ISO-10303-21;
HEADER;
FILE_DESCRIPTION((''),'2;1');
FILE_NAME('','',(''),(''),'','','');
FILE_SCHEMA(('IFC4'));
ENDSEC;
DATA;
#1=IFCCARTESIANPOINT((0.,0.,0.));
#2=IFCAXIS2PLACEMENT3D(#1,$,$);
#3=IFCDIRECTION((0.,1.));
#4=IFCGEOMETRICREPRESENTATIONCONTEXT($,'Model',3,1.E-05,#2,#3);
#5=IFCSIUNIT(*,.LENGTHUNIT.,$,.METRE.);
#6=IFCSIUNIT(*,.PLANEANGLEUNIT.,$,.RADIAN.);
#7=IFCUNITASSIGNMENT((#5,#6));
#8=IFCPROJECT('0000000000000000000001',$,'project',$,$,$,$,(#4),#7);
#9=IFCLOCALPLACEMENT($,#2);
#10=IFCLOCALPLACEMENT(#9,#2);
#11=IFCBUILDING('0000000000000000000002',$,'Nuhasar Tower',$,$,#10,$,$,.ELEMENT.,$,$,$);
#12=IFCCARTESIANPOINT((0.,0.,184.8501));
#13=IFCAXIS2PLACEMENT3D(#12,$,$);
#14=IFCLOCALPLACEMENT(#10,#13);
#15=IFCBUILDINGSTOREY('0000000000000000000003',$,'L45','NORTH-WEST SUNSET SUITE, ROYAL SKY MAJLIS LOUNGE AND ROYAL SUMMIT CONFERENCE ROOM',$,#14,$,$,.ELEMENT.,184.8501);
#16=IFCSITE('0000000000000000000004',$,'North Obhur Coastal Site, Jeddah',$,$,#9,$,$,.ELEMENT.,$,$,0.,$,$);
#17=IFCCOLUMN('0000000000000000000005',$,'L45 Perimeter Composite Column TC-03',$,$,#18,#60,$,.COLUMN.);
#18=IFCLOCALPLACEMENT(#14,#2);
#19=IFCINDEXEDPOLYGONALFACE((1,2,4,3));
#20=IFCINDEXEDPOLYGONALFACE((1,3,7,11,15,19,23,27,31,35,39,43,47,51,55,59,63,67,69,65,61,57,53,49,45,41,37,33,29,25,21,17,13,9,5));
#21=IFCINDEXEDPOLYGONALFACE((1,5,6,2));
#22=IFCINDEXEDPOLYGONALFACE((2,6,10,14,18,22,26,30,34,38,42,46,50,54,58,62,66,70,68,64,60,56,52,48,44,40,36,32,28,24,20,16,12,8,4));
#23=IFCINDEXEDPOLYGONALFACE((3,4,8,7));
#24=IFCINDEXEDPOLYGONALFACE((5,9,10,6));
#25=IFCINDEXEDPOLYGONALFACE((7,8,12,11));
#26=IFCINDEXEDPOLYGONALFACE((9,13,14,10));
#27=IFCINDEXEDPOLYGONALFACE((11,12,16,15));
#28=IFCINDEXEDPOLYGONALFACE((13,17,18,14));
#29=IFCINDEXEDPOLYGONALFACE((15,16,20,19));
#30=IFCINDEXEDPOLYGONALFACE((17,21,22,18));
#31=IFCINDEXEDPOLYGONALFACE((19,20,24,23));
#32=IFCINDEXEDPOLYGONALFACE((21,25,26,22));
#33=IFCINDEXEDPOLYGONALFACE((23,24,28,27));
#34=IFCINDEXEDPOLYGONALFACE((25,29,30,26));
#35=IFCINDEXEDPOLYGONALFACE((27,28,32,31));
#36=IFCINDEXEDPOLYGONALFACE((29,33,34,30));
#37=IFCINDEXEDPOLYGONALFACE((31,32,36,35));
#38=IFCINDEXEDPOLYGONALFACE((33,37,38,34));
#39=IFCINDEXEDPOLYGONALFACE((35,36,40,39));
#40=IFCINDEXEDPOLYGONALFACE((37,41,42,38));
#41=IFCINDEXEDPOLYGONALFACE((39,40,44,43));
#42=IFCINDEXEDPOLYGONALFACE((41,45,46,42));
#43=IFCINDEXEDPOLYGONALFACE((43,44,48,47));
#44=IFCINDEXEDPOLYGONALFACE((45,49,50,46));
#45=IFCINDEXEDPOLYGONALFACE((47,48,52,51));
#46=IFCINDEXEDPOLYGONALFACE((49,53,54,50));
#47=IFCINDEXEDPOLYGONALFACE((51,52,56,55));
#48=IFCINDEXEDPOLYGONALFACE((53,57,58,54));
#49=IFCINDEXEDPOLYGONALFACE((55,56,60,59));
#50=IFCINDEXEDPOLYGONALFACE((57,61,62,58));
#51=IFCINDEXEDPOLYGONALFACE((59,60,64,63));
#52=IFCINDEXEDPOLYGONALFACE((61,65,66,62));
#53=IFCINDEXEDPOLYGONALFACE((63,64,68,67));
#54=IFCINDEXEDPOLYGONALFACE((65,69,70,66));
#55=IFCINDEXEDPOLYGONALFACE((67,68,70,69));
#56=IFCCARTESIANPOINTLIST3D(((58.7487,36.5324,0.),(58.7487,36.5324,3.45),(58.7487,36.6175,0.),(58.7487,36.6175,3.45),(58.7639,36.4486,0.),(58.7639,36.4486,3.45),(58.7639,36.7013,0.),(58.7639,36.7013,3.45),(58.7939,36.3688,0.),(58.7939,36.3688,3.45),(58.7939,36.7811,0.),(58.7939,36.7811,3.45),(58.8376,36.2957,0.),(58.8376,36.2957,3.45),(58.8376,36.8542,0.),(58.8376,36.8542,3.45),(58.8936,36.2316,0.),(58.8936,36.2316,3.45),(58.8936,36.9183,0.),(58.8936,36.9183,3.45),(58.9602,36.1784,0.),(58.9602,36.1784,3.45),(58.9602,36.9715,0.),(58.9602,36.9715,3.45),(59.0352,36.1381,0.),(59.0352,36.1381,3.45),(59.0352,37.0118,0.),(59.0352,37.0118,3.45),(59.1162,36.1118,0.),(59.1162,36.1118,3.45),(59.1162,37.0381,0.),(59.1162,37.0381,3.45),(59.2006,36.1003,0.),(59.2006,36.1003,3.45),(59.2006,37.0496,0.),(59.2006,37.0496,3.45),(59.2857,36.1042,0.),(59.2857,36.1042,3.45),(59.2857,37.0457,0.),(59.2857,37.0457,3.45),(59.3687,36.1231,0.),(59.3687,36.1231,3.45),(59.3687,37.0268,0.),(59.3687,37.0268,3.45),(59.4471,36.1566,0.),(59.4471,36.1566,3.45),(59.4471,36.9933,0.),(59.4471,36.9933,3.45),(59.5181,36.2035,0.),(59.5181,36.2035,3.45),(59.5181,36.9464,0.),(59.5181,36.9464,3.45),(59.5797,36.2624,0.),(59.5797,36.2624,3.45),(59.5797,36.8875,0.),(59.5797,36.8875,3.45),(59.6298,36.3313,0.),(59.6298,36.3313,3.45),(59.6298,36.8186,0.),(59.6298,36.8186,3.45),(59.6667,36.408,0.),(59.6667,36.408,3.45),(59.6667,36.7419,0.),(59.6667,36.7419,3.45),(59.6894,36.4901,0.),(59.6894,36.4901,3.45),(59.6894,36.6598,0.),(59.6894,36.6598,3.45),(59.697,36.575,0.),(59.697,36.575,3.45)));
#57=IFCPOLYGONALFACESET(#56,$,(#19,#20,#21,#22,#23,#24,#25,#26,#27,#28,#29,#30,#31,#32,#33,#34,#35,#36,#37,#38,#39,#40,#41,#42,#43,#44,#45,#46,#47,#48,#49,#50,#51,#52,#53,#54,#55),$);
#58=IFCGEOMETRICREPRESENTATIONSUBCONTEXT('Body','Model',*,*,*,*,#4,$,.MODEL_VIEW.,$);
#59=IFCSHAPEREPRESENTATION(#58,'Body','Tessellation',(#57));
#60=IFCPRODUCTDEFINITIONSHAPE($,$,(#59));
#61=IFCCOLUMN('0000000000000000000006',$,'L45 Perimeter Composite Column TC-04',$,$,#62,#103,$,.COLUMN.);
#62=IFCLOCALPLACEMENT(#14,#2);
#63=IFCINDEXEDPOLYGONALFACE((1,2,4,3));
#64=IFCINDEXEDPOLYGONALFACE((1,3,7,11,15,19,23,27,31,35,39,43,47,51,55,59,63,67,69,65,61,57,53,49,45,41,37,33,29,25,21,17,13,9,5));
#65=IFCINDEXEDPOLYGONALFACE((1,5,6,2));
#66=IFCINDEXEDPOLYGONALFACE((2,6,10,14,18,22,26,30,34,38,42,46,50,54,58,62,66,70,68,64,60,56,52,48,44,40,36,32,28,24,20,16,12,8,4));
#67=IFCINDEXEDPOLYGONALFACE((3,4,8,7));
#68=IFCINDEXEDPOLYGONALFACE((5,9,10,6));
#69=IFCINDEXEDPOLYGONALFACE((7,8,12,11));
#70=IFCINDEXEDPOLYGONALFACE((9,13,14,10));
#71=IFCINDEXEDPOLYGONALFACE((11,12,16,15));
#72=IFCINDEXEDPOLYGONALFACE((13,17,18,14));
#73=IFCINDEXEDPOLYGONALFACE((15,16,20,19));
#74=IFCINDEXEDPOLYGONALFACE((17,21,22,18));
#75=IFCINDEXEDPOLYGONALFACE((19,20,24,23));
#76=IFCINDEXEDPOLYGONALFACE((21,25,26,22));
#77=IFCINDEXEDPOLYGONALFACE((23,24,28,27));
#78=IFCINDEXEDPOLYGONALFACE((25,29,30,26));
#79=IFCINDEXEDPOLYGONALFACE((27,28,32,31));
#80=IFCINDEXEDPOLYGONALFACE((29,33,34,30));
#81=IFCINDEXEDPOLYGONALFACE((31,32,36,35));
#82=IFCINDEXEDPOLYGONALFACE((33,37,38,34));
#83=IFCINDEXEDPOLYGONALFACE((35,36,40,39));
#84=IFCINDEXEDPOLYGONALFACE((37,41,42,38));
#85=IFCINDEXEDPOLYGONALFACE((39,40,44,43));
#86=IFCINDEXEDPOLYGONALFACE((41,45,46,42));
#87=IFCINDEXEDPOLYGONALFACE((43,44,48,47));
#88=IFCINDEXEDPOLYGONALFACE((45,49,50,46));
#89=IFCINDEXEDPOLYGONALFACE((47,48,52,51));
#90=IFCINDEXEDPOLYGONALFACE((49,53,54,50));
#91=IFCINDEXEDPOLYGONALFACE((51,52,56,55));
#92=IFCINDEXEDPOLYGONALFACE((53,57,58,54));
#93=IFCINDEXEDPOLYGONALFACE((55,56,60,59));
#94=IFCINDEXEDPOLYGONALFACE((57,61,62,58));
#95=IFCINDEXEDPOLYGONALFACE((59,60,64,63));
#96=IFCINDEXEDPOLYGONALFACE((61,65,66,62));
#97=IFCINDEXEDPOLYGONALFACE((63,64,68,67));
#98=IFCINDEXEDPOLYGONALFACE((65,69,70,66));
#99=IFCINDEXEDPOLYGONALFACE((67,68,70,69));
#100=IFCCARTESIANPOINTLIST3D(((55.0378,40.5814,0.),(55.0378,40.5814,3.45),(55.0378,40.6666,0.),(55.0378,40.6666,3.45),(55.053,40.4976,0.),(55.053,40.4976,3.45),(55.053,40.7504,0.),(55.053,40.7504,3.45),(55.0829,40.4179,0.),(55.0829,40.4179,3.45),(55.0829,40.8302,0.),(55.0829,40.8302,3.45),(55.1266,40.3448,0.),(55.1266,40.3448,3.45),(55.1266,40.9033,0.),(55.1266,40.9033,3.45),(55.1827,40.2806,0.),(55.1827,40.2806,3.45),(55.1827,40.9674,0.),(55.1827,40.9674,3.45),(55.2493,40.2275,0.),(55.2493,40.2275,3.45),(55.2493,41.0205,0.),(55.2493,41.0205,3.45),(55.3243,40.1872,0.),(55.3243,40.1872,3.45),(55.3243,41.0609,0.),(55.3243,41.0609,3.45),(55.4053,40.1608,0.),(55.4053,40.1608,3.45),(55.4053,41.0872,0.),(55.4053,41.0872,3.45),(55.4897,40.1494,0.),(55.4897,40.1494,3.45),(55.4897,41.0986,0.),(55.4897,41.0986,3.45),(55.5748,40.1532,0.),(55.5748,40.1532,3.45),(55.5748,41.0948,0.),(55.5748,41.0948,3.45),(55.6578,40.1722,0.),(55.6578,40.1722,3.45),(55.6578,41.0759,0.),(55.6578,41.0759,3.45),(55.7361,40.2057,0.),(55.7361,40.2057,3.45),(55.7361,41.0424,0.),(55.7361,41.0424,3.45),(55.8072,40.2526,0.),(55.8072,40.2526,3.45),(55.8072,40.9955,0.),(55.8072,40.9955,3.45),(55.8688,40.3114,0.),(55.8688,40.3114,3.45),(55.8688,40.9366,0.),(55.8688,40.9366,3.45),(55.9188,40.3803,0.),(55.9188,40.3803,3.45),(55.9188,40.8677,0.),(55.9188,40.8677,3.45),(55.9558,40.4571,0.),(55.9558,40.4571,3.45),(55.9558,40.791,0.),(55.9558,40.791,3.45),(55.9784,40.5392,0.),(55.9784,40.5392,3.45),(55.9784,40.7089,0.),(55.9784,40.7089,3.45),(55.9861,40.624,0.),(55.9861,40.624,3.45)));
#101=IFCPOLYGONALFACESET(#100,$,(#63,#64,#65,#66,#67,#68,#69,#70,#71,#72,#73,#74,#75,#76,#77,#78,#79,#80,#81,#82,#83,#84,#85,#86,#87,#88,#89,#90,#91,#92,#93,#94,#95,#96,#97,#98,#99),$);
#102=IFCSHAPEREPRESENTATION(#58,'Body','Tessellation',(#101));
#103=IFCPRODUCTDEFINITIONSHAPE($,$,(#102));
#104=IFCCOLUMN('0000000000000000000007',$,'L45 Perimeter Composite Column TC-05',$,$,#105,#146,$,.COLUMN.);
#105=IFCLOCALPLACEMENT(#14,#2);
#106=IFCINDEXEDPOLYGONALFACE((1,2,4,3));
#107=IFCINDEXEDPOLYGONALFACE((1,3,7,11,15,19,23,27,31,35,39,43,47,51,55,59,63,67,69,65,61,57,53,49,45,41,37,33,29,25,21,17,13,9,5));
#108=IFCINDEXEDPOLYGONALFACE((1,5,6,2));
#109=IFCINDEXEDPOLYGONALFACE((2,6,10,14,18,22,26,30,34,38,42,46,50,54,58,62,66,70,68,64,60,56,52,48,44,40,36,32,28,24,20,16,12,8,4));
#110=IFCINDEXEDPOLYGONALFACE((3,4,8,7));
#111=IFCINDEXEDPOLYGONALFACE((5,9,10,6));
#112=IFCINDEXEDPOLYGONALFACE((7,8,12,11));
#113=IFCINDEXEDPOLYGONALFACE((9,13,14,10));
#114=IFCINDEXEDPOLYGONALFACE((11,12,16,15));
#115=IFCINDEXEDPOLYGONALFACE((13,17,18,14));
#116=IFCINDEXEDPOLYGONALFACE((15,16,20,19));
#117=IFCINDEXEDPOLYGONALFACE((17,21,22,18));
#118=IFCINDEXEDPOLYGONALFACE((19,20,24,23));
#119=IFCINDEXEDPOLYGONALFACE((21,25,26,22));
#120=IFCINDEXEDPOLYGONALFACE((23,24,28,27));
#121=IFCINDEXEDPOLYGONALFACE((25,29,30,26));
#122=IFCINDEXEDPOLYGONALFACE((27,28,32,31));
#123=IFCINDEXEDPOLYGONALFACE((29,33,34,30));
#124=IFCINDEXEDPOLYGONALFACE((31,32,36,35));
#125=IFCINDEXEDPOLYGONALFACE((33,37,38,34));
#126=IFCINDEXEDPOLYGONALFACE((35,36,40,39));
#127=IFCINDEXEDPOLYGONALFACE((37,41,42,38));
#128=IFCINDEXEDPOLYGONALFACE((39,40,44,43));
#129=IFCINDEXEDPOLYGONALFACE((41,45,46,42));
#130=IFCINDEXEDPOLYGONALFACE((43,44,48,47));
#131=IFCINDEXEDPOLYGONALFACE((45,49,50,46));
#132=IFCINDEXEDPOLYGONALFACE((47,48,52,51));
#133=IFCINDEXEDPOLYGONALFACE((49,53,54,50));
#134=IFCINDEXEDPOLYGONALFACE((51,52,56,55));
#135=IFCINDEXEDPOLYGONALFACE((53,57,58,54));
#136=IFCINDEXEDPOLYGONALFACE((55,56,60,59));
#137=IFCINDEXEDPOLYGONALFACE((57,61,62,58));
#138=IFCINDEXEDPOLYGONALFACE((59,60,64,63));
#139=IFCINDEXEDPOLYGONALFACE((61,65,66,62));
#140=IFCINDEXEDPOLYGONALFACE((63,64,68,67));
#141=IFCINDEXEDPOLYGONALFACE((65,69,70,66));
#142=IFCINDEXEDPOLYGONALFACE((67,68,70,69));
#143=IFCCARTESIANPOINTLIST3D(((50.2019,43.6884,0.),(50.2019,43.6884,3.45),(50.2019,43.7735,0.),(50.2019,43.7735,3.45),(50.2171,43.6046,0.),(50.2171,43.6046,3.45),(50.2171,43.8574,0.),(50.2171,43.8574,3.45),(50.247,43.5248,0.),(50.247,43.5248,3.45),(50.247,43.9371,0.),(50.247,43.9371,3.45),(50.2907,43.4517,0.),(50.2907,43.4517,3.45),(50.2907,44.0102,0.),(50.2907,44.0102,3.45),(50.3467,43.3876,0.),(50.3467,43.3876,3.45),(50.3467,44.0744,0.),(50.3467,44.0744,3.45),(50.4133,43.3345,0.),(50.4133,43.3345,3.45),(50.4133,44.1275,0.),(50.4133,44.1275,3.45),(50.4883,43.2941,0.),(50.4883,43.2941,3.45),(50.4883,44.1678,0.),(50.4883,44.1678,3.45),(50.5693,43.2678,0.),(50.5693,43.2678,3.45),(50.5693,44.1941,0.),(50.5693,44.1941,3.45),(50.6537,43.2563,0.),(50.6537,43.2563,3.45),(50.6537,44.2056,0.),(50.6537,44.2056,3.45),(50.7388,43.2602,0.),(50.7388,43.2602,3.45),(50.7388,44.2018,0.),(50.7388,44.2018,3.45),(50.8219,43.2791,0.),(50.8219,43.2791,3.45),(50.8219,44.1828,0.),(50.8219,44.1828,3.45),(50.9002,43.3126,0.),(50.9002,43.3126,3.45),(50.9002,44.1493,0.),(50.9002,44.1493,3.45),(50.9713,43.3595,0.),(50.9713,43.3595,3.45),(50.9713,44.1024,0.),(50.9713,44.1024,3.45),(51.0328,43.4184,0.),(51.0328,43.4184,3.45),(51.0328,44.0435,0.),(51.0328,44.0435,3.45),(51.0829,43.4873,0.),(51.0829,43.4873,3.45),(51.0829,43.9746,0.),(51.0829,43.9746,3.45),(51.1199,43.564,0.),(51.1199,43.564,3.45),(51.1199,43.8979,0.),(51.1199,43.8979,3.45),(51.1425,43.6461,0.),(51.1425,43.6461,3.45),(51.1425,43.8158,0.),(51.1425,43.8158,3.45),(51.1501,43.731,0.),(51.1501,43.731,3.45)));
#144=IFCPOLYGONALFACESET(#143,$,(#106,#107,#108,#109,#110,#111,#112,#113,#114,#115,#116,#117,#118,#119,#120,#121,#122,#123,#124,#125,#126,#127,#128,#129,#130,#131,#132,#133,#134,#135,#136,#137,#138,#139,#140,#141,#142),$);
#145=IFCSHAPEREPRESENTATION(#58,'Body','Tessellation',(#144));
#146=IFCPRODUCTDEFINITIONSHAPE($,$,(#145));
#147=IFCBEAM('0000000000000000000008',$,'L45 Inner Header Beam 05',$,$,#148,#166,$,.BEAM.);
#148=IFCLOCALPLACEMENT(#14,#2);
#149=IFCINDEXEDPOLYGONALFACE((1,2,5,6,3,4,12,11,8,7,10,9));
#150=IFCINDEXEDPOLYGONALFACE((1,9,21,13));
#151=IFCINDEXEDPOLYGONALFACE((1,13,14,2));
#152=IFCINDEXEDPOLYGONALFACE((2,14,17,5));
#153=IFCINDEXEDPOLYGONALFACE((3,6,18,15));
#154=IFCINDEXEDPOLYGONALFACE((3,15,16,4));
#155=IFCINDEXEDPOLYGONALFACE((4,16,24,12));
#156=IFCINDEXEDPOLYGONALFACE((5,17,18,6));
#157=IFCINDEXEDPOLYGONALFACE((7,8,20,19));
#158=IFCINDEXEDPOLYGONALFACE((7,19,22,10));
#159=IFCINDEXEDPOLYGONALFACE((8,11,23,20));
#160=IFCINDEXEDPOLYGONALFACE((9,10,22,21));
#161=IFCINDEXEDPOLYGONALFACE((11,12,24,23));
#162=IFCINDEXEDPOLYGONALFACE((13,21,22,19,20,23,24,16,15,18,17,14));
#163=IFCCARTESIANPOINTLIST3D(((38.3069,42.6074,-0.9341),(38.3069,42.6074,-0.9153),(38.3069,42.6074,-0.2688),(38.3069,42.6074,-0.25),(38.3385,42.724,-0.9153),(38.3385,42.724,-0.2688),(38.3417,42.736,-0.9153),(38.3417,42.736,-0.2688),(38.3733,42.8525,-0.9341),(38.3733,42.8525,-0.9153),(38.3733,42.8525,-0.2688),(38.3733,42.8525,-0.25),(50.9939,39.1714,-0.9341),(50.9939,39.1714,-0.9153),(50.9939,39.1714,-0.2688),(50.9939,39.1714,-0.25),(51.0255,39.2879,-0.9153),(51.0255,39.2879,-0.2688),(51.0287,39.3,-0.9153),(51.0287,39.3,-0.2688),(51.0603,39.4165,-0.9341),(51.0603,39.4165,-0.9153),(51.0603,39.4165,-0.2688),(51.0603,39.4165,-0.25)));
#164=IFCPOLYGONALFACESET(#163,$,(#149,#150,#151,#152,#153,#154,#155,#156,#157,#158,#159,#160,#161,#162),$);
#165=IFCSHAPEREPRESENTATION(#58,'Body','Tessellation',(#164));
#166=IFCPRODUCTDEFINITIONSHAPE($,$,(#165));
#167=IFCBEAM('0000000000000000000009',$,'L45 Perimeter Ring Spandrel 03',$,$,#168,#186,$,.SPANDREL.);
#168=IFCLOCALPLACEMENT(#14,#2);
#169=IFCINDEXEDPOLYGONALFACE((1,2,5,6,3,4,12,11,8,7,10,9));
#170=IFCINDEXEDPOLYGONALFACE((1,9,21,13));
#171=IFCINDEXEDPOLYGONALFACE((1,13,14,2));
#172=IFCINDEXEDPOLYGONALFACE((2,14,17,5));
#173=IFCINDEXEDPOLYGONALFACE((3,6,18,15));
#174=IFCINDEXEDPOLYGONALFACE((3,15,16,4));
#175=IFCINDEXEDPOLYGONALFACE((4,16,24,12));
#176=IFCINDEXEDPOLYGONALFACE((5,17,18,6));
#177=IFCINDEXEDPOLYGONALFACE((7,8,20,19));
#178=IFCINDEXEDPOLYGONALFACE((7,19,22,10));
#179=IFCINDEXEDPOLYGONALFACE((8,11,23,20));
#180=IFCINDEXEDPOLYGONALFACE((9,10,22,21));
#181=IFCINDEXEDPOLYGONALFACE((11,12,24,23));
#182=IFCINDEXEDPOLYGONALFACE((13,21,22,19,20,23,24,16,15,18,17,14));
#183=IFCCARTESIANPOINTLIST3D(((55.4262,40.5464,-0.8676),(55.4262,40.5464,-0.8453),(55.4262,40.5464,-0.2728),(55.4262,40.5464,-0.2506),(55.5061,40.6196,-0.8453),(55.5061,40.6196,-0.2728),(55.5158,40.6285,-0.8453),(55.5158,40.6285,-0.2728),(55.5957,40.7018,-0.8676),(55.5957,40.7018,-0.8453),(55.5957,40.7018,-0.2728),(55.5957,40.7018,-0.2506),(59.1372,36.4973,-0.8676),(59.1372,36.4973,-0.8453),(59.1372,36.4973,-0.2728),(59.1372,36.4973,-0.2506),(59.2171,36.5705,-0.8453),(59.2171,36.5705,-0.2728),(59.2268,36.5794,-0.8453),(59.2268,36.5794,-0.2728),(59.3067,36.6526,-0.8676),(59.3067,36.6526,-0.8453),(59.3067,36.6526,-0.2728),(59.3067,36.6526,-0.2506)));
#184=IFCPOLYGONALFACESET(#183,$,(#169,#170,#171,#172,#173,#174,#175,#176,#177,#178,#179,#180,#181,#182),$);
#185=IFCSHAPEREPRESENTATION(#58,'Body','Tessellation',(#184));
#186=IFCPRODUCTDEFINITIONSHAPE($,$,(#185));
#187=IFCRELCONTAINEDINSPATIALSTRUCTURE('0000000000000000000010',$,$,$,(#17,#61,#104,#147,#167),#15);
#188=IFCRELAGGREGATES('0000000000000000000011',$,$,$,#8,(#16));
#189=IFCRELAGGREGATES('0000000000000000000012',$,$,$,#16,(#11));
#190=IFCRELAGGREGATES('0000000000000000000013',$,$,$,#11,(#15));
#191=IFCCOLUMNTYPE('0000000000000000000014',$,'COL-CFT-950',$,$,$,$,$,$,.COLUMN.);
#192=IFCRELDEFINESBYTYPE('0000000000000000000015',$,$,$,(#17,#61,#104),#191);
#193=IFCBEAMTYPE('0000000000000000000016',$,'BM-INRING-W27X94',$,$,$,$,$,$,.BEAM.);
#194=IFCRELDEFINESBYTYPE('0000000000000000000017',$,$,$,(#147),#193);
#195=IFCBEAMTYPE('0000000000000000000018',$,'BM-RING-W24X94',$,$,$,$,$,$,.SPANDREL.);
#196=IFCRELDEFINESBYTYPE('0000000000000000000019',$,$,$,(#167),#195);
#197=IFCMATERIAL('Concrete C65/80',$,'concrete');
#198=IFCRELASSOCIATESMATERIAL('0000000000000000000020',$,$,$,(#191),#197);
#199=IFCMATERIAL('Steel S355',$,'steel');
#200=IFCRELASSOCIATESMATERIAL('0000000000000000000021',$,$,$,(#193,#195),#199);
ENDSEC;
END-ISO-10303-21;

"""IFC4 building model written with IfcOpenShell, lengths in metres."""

from ifc_helpers import new_model, si_unit, direction, frame, origin, origin_2d, place, context, subcontext, project, spatial, circle, i_section, extrude, material, material_profile, profile_set, type_object, element, save


model = new_model("IFC4")

# Units and contexts
model_context = context("Model", 3, precision=1e-05, world=origin(), true_north=direction((0.0, 1.0)))
body_context = subcontext(model_context, "Body", "Model", "MODEL_VIEW")
ifc_project = project(units=[si_unit("LENGTHUNIT", "METRE"), si_unit("PLANEANGLEUNIT", "RADIAN")], contexts=[model_context])

# Site, building, storey
site_placement = place(None, origin())
site = spatial("IfcSite", under=ifc_project, at=site_placement, Name="North Obhur Coastal Site, Jeddah", CompositionType="ELEMENT", RefElevation=0.0)
building_placement = place(site_placement, origin())
building = spatial("IfcBuilding", under=site, at=building_placement, Name="Nuhasar Tower", CompositionType="ELEMENT")
storey_placement = place(building_placement, frame((0.0, 0.0, 184.8501)))
storey = spatial("IfcBuildingStorey", under=building, at=storey_placement, Name="L45", Description="NORTH-WEST SUNSET SUITE, ROYAL SKY MAJLIS LOUNGE AND ROYAL SUMMIT CONFERENCE ROOM", CompositionType="ELEMENT", Elevation=184.8501)

# Columns
ifc_material_1 = material(Name="Concrete C65/80", Category="concrete")
ifc_material_profile_1 = material_profile(ifc_material_1, circle(Radius=0.4751, at=origin_2d()), Name="CFT950")
ifc_profile_set_1 = profile_set([ifc_material_profile_1], Name="Concrete C65/80")
column_type = type_object("IfcColumnType", Name="COL-CFT-950", PredefinedType="COLUMN", material=ifc_profile_set_1)
for number, where, z_axis, x_axis, name in (
    (1, (59.2219, 36.575, 0.0), (0.0, 0.0, 1.0), (1.0, 0.0, 0.0), "L45 Perimeter Composite Column TC-03"),
    (2, (55.511, 40.624, 0.0), (0.0, 0.0, 1.0), (1.0, 0.0, 0.0), "L45 Perimeter Composite Column TC-04"),
    (3, (50.675, 43.731, 0.0), (0.0, 0.0, 1.0), (1.0, 0.0, 0.0), "L45 Perimeter Composite Column TC-05"),
):
    element("IfcColumn", number, at=place(storey_placement, frame(where, z_axis=z_axis, x_axis=x_axis)), inside=storey, type_object=column_type, Name=name, PredefinedType="COLUMN", context=body_context, shape_type="SweptSolid", body=[
        extrude(circle(Radius=0.4751, at=origin_2d()), origin(), (0.0, 0.0, 1.0), 3.45),
    ])

# Beams
ifc_material_2 = material(Name="Steel S355", Category="steel")
ifc_material_profile_2 = material_profile(ifc_material_2, i_section(OverallWidth=0.2539, OverallDepth=0.6841, WebThickness=0.0125, FlangeThickness=0.0188, at=origin_2d()), Name="W27X94")
ifc_profile_set_2 = profile_set([ifc_material_profile_2], Name="Steel S355")
beam_type_1 = type_object("IfcBeamType", Name="BM-INRING-W27X94", PredefinedType="BEAM", material=ifc_profile_set_2)
beam_1_placement = place(storey_placement, frame((51.0271, 39.2939, -0.592), z_axis=(-0.965227, 0.261413, 0.0), x_axis=(-0.261413, -0.965227, 0.0)))
element("IfcBeam", 4, at=beam_1_placement, inside=storey, type_object=beam_type_1, Name="L45 Inner Header Beam 05", PredefinedType="BEAM", context=body_context, shape_type="SweptSolid", body=[
    extrude(i_section(OverallWidth=0.2539, OverallDepth=0.6841, WebThickness=0.0125, FlangeThickness=0.0188, at=origin_2d()), origin(), (0.0, 0.0, 1.0), 13.144),
])
ifc_material_profile_3 = material_profile(ifc_material_2, i_section(OverallWidth=0.23, OverallDepth=0.6169, WebThickness=0.0132, FlangeThickness=0.0222, at=origin_2d()), Name="W24X94")
ifc_profile_set_3 = profile_set([ifc_material_profile_3], Name="Steel S355")
beam_type_2 = type_object("IfcBeamType", Name="BM-RING-W24X94", PredefinedType="SPANDREL", material=ifc_profile_set_3)
beam_2_placement = place(storey_placement, frame((59.2219, 36.575, -0.5591), z_axis=(-0.675654, 0.737219, 0.0), x_axis=(-0.737219, -0.675654, 0.0)))
element("IfcBeam", 5, at=beam_2_placement, inside=storey, type_object=beam_type_2, Name="L45 Perimeter Ring Spandrel 03", PredefinedType="SPANDREL", context=body_context, shape_type="SweptSolid", body=[
    extrude(i_section(OverallWidth=0.23, OverallDepth=0.6169, WebThickness=0.0132, FlangeThickness=0.0222, at=origin_2d()), origin(), (0.0, 0.0, 1.0), 5.4924),
])

save(model, "model.ifc")
